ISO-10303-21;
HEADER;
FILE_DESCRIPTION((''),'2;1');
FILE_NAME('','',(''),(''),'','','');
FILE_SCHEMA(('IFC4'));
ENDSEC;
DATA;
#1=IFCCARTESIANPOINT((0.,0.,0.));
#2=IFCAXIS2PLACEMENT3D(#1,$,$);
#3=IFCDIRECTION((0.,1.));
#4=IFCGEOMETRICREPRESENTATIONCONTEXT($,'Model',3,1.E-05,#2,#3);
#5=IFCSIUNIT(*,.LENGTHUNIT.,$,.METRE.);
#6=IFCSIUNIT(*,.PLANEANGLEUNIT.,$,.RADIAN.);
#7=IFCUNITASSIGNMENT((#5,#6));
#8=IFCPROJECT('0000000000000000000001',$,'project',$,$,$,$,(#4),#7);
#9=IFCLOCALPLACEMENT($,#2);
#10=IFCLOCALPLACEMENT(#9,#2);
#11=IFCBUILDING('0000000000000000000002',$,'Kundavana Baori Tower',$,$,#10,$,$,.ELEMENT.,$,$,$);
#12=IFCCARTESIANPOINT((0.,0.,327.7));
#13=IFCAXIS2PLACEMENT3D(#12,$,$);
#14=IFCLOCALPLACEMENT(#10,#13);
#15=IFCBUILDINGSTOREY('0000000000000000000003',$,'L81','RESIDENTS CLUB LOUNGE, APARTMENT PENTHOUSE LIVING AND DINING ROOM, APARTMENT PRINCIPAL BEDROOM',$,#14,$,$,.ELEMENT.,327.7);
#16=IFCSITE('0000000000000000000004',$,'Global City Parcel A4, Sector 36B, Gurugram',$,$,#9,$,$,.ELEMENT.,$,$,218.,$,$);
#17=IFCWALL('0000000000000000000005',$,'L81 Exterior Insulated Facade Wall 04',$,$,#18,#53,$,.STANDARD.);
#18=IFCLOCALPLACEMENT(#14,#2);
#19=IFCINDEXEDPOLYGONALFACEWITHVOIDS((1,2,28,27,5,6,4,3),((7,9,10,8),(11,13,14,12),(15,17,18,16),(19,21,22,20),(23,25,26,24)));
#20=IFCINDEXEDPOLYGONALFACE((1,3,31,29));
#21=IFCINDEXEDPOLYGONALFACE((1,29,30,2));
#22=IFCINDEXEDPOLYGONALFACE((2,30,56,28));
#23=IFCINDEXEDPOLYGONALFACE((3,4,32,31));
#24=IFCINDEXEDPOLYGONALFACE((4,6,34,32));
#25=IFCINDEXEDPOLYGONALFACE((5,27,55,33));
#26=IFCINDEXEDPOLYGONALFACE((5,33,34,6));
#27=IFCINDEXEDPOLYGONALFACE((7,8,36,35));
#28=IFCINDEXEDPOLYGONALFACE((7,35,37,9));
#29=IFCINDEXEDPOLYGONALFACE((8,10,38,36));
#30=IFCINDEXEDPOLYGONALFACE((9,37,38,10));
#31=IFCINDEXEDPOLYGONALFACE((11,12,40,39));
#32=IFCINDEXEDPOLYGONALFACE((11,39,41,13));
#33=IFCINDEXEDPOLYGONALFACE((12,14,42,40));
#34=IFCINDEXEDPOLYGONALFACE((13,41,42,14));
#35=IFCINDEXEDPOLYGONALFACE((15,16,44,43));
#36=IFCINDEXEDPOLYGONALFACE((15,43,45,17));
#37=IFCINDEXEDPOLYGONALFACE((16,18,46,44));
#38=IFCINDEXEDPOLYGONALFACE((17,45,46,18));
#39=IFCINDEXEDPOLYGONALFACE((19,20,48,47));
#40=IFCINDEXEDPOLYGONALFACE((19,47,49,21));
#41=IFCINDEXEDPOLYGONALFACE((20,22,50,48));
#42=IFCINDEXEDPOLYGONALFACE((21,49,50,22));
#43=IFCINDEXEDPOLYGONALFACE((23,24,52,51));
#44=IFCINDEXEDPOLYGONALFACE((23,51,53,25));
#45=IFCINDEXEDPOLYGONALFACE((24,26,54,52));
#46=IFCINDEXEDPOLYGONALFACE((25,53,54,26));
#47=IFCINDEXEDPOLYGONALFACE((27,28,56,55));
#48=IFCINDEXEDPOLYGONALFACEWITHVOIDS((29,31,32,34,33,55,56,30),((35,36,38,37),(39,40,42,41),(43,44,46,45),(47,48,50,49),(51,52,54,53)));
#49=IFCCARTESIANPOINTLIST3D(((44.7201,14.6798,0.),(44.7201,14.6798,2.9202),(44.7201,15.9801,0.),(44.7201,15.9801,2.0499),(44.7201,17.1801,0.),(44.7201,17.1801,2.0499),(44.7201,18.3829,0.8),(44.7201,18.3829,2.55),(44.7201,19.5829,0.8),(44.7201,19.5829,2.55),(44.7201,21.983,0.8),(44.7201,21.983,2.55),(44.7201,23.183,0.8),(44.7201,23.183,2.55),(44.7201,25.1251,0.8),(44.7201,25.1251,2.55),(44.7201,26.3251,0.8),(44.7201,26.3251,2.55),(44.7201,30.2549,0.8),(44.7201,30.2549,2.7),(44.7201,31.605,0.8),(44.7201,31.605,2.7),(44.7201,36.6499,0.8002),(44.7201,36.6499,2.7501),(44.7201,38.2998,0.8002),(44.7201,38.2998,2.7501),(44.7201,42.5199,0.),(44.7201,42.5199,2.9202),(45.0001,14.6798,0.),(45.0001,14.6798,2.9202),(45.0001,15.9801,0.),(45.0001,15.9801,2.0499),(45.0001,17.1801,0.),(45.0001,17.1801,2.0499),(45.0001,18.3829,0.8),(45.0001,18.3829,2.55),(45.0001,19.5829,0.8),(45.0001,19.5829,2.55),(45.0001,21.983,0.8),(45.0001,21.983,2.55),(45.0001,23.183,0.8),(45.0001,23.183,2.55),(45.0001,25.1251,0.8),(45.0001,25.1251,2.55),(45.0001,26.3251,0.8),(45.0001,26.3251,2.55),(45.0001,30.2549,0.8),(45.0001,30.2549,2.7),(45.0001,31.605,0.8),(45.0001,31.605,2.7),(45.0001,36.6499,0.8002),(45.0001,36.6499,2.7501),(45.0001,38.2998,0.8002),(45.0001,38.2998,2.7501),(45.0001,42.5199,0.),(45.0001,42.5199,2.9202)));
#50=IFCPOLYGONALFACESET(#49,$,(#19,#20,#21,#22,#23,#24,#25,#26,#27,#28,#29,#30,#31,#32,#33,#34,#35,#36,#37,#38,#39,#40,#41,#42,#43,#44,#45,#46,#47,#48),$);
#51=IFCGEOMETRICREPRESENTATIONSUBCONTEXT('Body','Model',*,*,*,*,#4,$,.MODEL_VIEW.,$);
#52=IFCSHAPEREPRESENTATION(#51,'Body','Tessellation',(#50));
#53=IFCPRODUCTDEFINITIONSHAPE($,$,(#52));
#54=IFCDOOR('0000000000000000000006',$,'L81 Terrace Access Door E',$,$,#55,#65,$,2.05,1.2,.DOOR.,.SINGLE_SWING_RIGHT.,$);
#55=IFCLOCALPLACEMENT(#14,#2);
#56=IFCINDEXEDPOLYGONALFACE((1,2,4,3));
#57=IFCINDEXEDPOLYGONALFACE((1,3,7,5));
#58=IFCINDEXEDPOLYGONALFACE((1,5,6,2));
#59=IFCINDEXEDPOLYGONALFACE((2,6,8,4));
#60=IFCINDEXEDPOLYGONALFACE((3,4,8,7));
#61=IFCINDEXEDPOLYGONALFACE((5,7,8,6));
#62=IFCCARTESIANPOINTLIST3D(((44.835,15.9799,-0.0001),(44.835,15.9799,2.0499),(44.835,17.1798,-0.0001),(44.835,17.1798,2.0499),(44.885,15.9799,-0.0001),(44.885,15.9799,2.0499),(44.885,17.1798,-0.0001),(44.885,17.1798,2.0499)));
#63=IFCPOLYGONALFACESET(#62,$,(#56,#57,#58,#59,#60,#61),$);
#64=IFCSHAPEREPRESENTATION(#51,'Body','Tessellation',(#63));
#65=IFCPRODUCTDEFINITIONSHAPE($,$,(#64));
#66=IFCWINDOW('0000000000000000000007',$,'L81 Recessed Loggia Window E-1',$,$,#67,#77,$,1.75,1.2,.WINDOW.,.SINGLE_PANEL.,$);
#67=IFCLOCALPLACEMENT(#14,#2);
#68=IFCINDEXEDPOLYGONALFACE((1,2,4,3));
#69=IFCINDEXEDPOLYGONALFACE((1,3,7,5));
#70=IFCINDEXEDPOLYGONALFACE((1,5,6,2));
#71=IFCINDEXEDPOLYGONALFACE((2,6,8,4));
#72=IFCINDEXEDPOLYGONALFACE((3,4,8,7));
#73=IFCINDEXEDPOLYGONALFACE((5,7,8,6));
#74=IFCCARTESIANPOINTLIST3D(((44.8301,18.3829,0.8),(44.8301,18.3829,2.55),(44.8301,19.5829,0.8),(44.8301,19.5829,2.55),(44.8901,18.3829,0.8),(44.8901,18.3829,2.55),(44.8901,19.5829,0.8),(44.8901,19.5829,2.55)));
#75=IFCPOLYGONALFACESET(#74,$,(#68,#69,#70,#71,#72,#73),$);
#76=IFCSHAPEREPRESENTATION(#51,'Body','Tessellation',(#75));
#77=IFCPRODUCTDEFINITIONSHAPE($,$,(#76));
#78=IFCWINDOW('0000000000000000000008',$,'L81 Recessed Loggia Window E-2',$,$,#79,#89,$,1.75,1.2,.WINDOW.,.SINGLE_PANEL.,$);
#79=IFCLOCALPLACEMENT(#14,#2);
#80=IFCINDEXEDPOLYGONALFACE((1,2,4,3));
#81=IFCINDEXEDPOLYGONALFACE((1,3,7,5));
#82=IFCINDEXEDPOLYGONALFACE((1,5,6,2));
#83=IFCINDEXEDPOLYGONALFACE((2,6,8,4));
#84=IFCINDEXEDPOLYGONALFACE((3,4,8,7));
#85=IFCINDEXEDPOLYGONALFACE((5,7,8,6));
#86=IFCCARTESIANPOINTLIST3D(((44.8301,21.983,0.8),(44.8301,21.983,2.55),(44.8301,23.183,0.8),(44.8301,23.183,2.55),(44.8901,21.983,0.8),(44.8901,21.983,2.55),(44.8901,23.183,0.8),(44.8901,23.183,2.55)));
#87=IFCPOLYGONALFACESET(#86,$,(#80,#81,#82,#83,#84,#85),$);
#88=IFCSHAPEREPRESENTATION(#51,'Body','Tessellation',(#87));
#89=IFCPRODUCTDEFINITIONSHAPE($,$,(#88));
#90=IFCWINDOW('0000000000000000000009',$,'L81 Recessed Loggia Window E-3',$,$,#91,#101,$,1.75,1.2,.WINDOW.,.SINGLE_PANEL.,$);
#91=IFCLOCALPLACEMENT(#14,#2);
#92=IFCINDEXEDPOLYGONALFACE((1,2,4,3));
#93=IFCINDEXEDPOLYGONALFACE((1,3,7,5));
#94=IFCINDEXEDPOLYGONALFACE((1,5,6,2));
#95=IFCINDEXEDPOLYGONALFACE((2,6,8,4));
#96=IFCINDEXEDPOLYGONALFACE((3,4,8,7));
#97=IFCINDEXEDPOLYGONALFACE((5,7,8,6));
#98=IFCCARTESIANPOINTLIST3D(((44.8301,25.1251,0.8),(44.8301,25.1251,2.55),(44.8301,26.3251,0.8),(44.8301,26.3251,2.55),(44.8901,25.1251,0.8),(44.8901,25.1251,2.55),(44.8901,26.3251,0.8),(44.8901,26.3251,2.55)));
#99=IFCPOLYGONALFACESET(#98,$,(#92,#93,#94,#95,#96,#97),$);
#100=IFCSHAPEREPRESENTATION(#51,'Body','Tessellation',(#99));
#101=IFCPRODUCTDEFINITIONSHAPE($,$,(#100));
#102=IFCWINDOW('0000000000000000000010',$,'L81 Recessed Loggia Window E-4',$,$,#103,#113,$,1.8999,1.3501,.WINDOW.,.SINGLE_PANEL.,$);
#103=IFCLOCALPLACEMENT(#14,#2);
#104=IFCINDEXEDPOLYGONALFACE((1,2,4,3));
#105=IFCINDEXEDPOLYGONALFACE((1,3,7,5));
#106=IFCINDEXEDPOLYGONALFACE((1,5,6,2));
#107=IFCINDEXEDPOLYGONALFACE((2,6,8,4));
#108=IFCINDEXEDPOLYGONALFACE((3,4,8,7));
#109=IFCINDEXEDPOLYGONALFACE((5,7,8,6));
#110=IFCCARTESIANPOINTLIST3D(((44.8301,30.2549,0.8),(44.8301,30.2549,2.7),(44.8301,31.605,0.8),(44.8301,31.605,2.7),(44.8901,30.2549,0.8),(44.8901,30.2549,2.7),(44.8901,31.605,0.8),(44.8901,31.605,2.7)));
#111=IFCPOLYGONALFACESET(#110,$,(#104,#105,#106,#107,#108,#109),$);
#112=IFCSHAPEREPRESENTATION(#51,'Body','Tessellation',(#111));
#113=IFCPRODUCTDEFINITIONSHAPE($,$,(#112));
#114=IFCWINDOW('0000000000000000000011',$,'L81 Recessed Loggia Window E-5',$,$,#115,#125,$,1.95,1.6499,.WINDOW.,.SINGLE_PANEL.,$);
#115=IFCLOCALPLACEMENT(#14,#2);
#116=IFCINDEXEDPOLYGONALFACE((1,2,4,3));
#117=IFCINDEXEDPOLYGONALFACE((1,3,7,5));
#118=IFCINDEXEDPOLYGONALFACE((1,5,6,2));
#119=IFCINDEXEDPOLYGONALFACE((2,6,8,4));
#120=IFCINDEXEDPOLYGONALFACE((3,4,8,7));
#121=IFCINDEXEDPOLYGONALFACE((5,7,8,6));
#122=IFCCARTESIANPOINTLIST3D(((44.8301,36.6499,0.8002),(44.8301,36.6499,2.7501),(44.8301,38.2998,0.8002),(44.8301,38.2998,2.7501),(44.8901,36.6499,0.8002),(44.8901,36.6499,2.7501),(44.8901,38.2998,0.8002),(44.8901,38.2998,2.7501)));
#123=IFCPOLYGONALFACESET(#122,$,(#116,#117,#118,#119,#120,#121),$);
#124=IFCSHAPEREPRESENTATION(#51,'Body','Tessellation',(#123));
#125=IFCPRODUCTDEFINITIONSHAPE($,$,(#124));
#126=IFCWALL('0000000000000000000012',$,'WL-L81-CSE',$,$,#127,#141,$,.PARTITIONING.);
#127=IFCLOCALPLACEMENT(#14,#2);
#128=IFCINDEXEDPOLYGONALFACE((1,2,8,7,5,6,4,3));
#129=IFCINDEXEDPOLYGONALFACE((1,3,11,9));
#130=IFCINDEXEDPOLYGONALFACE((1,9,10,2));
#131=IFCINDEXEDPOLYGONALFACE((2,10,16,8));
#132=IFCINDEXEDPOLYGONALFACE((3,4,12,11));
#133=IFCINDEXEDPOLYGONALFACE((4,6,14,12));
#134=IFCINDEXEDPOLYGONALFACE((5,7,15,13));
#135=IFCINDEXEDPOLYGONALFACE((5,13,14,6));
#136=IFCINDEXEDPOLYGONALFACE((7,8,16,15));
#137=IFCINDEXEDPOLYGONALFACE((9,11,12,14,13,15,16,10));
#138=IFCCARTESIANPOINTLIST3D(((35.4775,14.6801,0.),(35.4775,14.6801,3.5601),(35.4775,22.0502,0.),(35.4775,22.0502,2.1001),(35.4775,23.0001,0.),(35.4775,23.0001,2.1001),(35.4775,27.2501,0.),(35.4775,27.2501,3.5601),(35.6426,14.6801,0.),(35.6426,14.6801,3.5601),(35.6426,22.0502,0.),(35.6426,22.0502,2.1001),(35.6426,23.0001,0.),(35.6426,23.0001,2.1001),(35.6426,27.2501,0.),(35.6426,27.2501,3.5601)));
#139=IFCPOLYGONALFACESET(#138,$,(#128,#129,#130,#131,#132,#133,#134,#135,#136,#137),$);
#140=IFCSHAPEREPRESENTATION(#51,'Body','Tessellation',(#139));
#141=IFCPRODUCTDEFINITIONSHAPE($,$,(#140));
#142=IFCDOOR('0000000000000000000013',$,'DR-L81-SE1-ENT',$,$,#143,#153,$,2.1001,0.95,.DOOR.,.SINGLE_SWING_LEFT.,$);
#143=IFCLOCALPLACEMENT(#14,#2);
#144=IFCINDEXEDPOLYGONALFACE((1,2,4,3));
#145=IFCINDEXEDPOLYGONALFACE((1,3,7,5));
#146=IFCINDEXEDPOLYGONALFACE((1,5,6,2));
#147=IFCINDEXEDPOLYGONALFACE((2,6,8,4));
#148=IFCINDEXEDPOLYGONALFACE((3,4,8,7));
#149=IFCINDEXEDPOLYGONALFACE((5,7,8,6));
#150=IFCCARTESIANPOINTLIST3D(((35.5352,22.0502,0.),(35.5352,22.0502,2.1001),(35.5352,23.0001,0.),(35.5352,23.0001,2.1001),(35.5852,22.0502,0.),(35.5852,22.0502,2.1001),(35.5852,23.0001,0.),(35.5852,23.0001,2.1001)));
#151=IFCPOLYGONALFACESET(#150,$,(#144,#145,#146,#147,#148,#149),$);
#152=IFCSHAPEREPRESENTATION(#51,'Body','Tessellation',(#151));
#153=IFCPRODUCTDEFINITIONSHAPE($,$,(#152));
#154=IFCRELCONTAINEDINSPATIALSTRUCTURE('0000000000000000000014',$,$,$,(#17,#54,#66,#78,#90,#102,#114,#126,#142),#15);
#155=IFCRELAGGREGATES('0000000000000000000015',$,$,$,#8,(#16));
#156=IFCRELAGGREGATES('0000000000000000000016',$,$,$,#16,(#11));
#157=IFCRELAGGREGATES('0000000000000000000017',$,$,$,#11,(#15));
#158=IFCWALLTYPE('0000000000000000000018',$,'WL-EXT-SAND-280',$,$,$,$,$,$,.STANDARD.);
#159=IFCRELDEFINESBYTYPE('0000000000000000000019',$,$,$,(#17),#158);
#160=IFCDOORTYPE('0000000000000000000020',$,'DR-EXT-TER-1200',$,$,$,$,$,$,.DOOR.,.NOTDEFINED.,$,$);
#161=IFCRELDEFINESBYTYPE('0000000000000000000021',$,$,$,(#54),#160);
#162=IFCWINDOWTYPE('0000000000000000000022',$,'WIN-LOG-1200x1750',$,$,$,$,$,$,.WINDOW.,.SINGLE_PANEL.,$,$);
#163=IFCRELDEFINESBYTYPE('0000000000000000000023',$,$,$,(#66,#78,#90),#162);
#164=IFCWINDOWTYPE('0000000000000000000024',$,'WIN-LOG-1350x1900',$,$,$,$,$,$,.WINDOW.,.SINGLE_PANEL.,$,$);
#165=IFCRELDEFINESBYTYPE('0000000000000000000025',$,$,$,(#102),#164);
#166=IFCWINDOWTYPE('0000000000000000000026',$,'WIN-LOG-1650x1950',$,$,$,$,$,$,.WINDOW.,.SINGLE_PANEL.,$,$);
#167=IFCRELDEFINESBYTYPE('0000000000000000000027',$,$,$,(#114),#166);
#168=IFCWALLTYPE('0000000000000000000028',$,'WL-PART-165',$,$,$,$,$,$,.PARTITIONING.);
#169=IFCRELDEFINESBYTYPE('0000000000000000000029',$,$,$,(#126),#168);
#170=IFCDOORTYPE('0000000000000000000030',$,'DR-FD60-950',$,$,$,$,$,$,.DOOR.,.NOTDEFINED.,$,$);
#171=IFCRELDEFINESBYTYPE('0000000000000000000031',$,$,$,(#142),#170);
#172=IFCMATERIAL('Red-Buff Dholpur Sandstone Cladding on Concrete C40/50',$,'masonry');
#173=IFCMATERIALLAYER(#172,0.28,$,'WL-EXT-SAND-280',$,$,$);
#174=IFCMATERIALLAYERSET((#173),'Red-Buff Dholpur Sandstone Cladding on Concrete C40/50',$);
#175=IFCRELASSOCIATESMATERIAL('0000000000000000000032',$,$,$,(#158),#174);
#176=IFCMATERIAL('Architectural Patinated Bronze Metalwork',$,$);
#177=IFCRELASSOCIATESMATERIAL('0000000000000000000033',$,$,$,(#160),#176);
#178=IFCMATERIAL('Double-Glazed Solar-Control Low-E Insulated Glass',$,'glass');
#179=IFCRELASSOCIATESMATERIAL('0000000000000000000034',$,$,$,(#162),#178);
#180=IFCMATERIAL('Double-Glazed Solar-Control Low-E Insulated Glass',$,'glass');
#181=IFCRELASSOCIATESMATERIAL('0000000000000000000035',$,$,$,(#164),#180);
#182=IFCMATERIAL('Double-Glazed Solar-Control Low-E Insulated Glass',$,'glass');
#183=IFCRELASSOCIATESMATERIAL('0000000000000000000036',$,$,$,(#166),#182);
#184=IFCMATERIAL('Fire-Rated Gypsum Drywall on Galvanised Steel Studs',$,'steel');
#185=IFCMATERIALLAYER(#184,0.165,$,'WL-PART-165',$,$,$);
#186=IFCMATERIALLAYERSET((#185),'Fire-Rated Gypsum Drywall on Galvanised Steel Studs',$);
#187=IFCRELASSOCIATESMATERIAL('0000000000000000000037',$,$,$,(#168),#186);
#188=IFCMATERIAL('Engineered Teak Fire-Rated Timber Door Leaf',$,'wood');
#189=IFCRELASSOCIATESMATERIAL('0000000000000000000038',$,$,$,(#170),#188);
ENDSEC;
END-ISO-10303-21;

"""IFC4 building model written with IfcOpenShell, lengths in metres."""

from ifc_helpers import new_model, si_unit, direction, frame, frame_2d, origin, place, context, subcontext, project, spatial, rectangle, extrude, material, layer, layer_set, type_object, element, fill, save


model = new_model("IFC4")

# Units and contexts
model_context = context("Model", 3, precision=1e-05, world=origin(), true_north=direction((0.0, 1.0)))
body_context = subcontext(model_context, "Body", "Model", "MODEL_VIEW")
ifc_project = project(units=[si_unit("LENGTHUNIT", "METRE"), si_unit("PLANEANGLEUNIT", "RADIAN")], contexts=[model_context])

# Site, building, storey
site_placement = place(None, origin())
site = spatial("IfcSite", under=ifc_project, at=site_placement, Name="Global City Parcel A4, Sector 36B, Gurugram", CompositionType="ELEMENT", RefElevation=218.0)
building_placement = place(site_placement, origin())
building = spatial("IfcBuilding", under=site, at=building_placement, Name="Kundavana Baori Tower", CompositionType="ELEMENT")
storey_placement = place(building_placement, frame((0.0, 0.0, 327.7)))
storey = spatial("IfcBuildingStorey", under=building, at=storey_placement, Name="L81", Description="RESIDENTS CLUB LOUNGE, APARTMENT PENTHOUSE LIVING AND DINING ROOM, APARTMENT PRINCIPAL BEDROOM", CompositionType="ELEMENT", Elevation=327.7)

# Shared definitions
ifc_material_1 = material(Name="Red-Buff Dholpur Sandstone Cladding on Concrete C40/50", Category="masonry")
ifc_layer_1 = layer(ifc_material_1, 0.28, Name="WL-EXT-SAND-280")
ifc_layer_set_1 = layer_set([ifc_layer_1], Name="Red-Buff Dholpur Sandstone Cladding on Concrete C40/50")
wall_type_1 = type_object("IfcWallType", Name="WL-EXT-SAND-280", PredefinedType="STANDARD", material=ifc_layer_set_1)

# Wall, openings, door, windows
wall_1_placement = place(storey_placement, frame((44.8601, 14.6799, 0.0), z_axis=(0.0, 0.0, 1.0), x_axis=(0.0, 1.0, 0.0)))
wall_1 = element("IfcWall", 1, at=wall_1_placement, inside=storey, type_object=wall_type_1, Name="L81 Exterior Insulated Facade Wall 04", PredefinedType="STANDARD", context=body_context, shape_type="SweptSolid", body=[
    extrude(rectangle(XDim=27.8401, YDim=0.28, at=frame_2d((13.9199, 0.0))), origin(), (0.0, 0.0, 1.0), 2.9202),
])
opening_1_placement = place(wall_1_placement, frame((1.3, 0.0, 0.0)))
opening_1 = element("IfcOpeningElement", 2, at=opening_1_placement, cuts=wall_1, PredefinedType="OPENING", context=body_context, shape_type="SweptSolid", body=[
    extrude(rectangle(XDim=1.2, YDim=2.05, at=frame_2d((0.6001, 1.0249))), frame((0.0, 0.1499, 0.0), z_axis=(0.0, -1.0, 0.0), x_axis=(1.0, 0.0, 0.0)), (0.0, 0.0, 1.0), 0.3),
])
opening_2_placement = place(wall_1_placement, frame((3.7029, 0.0, 0.8)))
opening_2 = element("IfcOpeningElement", 3, at=opening_2_placement, cuts=wall_1, PredefinedType="OPENING", context=body_context, shape_type="SweptSolid", body=[
    extrude(rectangle(XDim=1.2, YDim=1.75, at=frame_2d((0.6001, 0.875))), frame((0.0, 0.1499, 0.0), z_axis=(0.0, -1.0, 0.0), x_axis=(1.0, 0.0, 0.0)), (0.0, 0.0, 1.0), 0.3),
])
opening_3_placement = place(wall_1_placement, frame((7.303, 0.0, 0.8)))
opening_3 = element("IfcOpeningElement", 4, at=opening_3_placement, cuts=wall_1, PredefinedType="OPENING", context=body_context, shape_type="SweptSolid", body=[
    extrude(rectangle(XDim=1.2, YDim=1.75, at=frame_2d((0.6001, 0.875))), frame((0.0, 0.1499, 0.0), z_axis=(0.0, -1.0, 0.0), x_axis=(1.0, 0.0, 0.0)), (0.0, 0.0, 1.0), 0.3),
])
opening_4_placement = place(wall_1_placement, frame((10.4451, 0.0, 0.8)))
opening_4 = element("IfcOpeningElement", 5, at=opening_4_placement, cuts=wall_1, PredefinedType="OPENING", context=body_context, shape_type="SweptSolid", body=[
    extrude(rectangle(XDim=1.2, YDim=1.75, at=frame_2d((0.6001, 0.875))), frame((0.0, 0.1499, 0.0), z_axis=(0.0, -1.0, 0.0), x_axis=(1.0, 0.0, 0.0)), (0.0, 0.0, 1.0), 0.3),
])
opening_5_placement = place(wall_1_placement, frame((15.575, 0.0, 0.8)))
opening_5 = element("IfcOpeningElement", 6, at=opening_5_placement, cuts=wall_1, PredefinedType="OPENING", context=body_context, shape_type="SweptSolid", body=[
    extrude(rectangle(XDim=1.3501, YDim=1.8999, at=frame_2d((0.675, 0.95))), frame((0.0, 0.1499, 0.0), z_axis=(0.0, -1.0, 0.0), x_axis=(1.0, 0.0, 0.0)), (0.0, 0.0, 1.0), 0.3),
])
opening_6_placement = place(wall_1_placement, frame((21.97, 0.0, 0.8)))
opening_6 = element("IfcOpeningElement", 7, at=opening_6_placement, cuts=wall_1, PredefinedType="OPENING", context=body_context, shape_type="SweptSolid", body=[
    extrude(rectangle(XDim=1.6499, YDim=1.95, at=frame_2d((0.825, 0.9751))), frame((0.0, 0.1499, 0.0), z_axis=(0.0, -1.0, 0.0), x_axis=(1.0, 0.0, 0.0)), (0.0, 0.0, 1.0), 0.3),
])
ifc_material_2 = material(Name="Architectural Patinated Bronze Metalwork")
door_type_1 = type_object("IfcDoorType", Name="DR-EXT-TER-1200", OperationType="NOTDEFINED", PredefinedType="DOOR", material=ifc_material_2)
door_1_placement = place(opening_1_placement, frame((1.2, 0.0, 0.0), z_axis=(0.0, 0.0, 1.0), x_axis=(-1.0, 0.0, 0.0)))
door_1 = element("IfcDoor", 8, at=door_1_placement, inside=storey, type_object=door_type_1, Name="L81 Terrace Access Door E", OperationType="SINGLE_SWING_RIGHT", OverallHeight=2.05, OverallWidth=1.2, PredefinedType="DOOR", context=body_context, shape_type="SweptSolid", body=[
    extrude(rectangle(XDim=1.2, YDim=2.05, at=frame_2d((0.6001, 1.0249))), frame((0.0, 0.0249, 0.0), z_axis=(0.0, -1.0, 0.0), x_axis=(1.0, 0.0, 0.0)), (0.0, 0.0, 1.0), 0.05),
])
fill(opening_1, door_1)
ifc_material_3 = material(Name="Double-Glazed Solar-Control Low-E Insulated Glass", Category="glass")
window_type_1 = type_object("IfcWindowType", Name="WIN-LOG-1200x1750", PartitioningType="SINGLE_PANEL", PredefinedType="WINDOW", material=ifc_material_3)
window_1_placement = place(opening_2_placement, origin())
window_1 = element("IfcWindow", 9, at=window_1_placement, inside=storey, type_object=window_type_1, Name="L81 Recessed Loggia Window E-1", OverallHeight=1.75, OverallWidth=1.2, PartitioningType="SINGLE_PANEL", PredefinedType="WINDOW", context=body_context, shape_type="SweptSolid", body=[
    extrude(rectangle(XDim=1.2, YDim=1.75, at=frame_2d((0.6001, 0.875))), frame((0.0, 0.03, 0.0), z_axis=(0.0, -1.0, 0.0), x_axis=(1.0, 0.0, 0.0)), (0.0, 0.0, 1.0), 0.0601),
])
fill(opening_2, window_1)
window_2_placement = place(opening_3_placement, origin())
window_2 = element("IfcWindow", 10, at=window_2_placement, inside=storey, type_object=window_type_1, Name="L81 Recessed Loggia Window E-2", OverallHeight=1.75, OverallWidth=1.2, PartitioningType="SINGLE_PANEL", PredefinedType="WINDOW", context=body_context, shape_type="SweptSolid", body=[
    extrude(rectangle(XDim=1.2, YDim=1.75, at=frame_2d((0.6001, 0.875))), frame((0.0, 0.03, 0.0), z_axis=(0.0, -1.0, 0.0), x_axis=(1.0, 0.0, 0.0)), (0.0, 0.0, 1.0), 0.0601),
])
fill(opening_3, window_2)
window_3_placement = place(opening_4_placement, origin())
window_3 = element("IfcWindow", 11, at=window_3_placement, inside=storey, type_object=window_type_1, Name="L81 Recessed Loggia Window E-3", OverallHeight=1.75, OverallWidth=1.2, PartitioningType="SINGLE_PANEL", PredefinedType="WINDOW", context=body_context, shape_type="SweptSolid", body=[
    extrude(rectangle(XDim=1.2, YDim=1.75, at=frame_2d((0.6001, 0.875))), frame((0.0, 0.03, 0.0), z_axis=(0.0, -1.0, 0.0), x_axis=(1.0, 0.0, 0.0)), (0.0, 0.0, 1.0), 0.0601),
])
fill(opening_4, window_3)
ifc_material_4 = material(Name="Double-Glazed Solar-Control Low-E Insulated Glass", Category="glass")
window_type_2 = type_object("IfcWindowType", Name="WIN-LOG-1350x1900", PartitioningType="SINGLE_PANEL", PredefinedType="WINDOW", material=ifc_material_4)
window_4_placement = place(opening_5_placement, origin())
window_4 = element("IfcWindow", 12, at=window_4_placement, inside=storey, type_object=window_type_2, Name="L81 Recessed Loggia Window E-4", OverallHeight=1.8999, OverallWidth=1.3501, PartitioningType="SINGLE_PANEL", PredefinedType="WINDOW", context=body_context, shape_type="SweptSolid", body=[
    extrude(rectangle(XDim=1.3501, YDim=1.8999, at=frame_2d((0.675, 0.95))), frame((0.0, 0.03, 0.0), z_axis=(0.0, -1.0, 0.0), x_axis=(1.0, 0.0, 0.0)), (0.0, 0.0, 1.0), 0.0601),
])
fill(opening_5, window_4)
ifc_material_5 = material(Name="Double-Glazed Solar-Control Low-E Insulated Glass", Category="glass")
window_type_3 = type_object("IfcWindowType", Name="WIN-LOG-1650x1950", PartitioningType="SINGLE_PANEL", PredefinedType="WINDOW", material=ifc_material_5)
window_5_placement = place(opening_6_placement, origin())
window_5 = element("IfcWindow", 13, at=window_5_placement, inside=storey, type_object=window_type_3, Name="L81 Recessed Loggia Window E-5", OverallHeight=1.95, OverallWidth=1.6499, PartitioningType="SINGLE_PANEL", PredefinedType="WINDOW", context=body_context, shape_type="SweptSolid", body=[
    extrude(rectangle(XDim=1.6499, YDim=1.95, at=frame_2d((0.825, 0.9751))), frame((0.0, 0.03, 0.0), z_axis=(0.0, -1.0, 0.0), x_axis=(1.0, 0.0, 0.0)), (0.0, 0.0, 1.0), 0.0601),
])
fill(opening_6, window_5)

# Wall, opening, door
ifc_material_6 = material(Name="Fire-Rated Gypsum Drywall on Galvanised Steel Studs", Category="steel")
ifc_layer_2 = layer(ifc_material_6, 0.165, Name="WL-PART-165")
ifc_layer_set_2 = layer_set([ifc_layer_2], Name="Fire-Rated Gypsum Drywall on Galvanised Steel Studs")
wall_type_2 = type_object("IfcWallType", Name="WL-PART-165", PredefinedType="PARTITIONING", material=ifc_layer_set_2)
wall_2_placement = place(storey_placement, frame((35.5601, 14.6799, 0.0), z_axis=(0.0, 0.0, 1.0), x_axis=(0.0, 1.0, 0.0)))
wall_2 = element("IfcWall", 14, at=wall_2_placement, inside=storey, type_object=wall_type_2, Name="WL-L81-CSE", PredefinedType="PARTITIONING", context=body_context, shape_type="SweptSolid", body=[
    extrude(rectangle(XDim=12.5701, YDim=0.165, at=frame_2d((6.2852, 0.0))), origin(), (0.0, 0.0, 1.0), 3.5601),
])
opening_7_placement = place(wall_2_placement, frame((7.3701, 0.0, 0.0)))
opening_7 = element("IfcOpeningElement", 15, at=opening_7_placement, cuts=wall_2, PredefinedType="OPENING", context=body_context, shape_type="SweptSolid", body=[
    extrude(rectangle(XDim=0.95, YDim=2.1001, at=frame_2d((0.4751, 1.05))), frame((0.0, 0.0925, 0.0), z_axis=(0.0, -1.0, 0.0), x_axis=(1.0, 0.0, 0.0)), (0.0, 0.0, 1.0), 0.1851),
])
ifc_material_7 = material(Name="Engineered Teak Fire-Rated Timber Door Leaf", Category="wood")
door_type_2 = type_object("IfcDoorType", Name="DR-FD60-950", OperationType="NOTDEFINED", PredefinedType="DOOR", material=ifc_material_7)
door_2_placement = place(opening_7_placement, origin())
door_2 = element("IfcDoor", 16, at=door_2_placement, inside=storey, type_object=door_type_2, Name="DR-L81-SE1-ENT", OperationType="SINGLE_SWING_LEFT", OverallHeight=2.1001, OverallWidth=0.95, PredefinedType="DOOR", context=body_context, shape_type="SweptSolid", body=[
    extrude(rectangle(XDim=0.95, YDim=2.1001, at=frame_2d((0.4751, 1.05))), frame((0.0, 0.0249, 0.0), z_axis=(0.0, -1.0, 0.0), x_axis=(1.0, 0.0, 0.0)), (0.0, 0.0, 1.0), 0.05),
])
fill(opening_7, door_2)

save(model, "model.ifc")
